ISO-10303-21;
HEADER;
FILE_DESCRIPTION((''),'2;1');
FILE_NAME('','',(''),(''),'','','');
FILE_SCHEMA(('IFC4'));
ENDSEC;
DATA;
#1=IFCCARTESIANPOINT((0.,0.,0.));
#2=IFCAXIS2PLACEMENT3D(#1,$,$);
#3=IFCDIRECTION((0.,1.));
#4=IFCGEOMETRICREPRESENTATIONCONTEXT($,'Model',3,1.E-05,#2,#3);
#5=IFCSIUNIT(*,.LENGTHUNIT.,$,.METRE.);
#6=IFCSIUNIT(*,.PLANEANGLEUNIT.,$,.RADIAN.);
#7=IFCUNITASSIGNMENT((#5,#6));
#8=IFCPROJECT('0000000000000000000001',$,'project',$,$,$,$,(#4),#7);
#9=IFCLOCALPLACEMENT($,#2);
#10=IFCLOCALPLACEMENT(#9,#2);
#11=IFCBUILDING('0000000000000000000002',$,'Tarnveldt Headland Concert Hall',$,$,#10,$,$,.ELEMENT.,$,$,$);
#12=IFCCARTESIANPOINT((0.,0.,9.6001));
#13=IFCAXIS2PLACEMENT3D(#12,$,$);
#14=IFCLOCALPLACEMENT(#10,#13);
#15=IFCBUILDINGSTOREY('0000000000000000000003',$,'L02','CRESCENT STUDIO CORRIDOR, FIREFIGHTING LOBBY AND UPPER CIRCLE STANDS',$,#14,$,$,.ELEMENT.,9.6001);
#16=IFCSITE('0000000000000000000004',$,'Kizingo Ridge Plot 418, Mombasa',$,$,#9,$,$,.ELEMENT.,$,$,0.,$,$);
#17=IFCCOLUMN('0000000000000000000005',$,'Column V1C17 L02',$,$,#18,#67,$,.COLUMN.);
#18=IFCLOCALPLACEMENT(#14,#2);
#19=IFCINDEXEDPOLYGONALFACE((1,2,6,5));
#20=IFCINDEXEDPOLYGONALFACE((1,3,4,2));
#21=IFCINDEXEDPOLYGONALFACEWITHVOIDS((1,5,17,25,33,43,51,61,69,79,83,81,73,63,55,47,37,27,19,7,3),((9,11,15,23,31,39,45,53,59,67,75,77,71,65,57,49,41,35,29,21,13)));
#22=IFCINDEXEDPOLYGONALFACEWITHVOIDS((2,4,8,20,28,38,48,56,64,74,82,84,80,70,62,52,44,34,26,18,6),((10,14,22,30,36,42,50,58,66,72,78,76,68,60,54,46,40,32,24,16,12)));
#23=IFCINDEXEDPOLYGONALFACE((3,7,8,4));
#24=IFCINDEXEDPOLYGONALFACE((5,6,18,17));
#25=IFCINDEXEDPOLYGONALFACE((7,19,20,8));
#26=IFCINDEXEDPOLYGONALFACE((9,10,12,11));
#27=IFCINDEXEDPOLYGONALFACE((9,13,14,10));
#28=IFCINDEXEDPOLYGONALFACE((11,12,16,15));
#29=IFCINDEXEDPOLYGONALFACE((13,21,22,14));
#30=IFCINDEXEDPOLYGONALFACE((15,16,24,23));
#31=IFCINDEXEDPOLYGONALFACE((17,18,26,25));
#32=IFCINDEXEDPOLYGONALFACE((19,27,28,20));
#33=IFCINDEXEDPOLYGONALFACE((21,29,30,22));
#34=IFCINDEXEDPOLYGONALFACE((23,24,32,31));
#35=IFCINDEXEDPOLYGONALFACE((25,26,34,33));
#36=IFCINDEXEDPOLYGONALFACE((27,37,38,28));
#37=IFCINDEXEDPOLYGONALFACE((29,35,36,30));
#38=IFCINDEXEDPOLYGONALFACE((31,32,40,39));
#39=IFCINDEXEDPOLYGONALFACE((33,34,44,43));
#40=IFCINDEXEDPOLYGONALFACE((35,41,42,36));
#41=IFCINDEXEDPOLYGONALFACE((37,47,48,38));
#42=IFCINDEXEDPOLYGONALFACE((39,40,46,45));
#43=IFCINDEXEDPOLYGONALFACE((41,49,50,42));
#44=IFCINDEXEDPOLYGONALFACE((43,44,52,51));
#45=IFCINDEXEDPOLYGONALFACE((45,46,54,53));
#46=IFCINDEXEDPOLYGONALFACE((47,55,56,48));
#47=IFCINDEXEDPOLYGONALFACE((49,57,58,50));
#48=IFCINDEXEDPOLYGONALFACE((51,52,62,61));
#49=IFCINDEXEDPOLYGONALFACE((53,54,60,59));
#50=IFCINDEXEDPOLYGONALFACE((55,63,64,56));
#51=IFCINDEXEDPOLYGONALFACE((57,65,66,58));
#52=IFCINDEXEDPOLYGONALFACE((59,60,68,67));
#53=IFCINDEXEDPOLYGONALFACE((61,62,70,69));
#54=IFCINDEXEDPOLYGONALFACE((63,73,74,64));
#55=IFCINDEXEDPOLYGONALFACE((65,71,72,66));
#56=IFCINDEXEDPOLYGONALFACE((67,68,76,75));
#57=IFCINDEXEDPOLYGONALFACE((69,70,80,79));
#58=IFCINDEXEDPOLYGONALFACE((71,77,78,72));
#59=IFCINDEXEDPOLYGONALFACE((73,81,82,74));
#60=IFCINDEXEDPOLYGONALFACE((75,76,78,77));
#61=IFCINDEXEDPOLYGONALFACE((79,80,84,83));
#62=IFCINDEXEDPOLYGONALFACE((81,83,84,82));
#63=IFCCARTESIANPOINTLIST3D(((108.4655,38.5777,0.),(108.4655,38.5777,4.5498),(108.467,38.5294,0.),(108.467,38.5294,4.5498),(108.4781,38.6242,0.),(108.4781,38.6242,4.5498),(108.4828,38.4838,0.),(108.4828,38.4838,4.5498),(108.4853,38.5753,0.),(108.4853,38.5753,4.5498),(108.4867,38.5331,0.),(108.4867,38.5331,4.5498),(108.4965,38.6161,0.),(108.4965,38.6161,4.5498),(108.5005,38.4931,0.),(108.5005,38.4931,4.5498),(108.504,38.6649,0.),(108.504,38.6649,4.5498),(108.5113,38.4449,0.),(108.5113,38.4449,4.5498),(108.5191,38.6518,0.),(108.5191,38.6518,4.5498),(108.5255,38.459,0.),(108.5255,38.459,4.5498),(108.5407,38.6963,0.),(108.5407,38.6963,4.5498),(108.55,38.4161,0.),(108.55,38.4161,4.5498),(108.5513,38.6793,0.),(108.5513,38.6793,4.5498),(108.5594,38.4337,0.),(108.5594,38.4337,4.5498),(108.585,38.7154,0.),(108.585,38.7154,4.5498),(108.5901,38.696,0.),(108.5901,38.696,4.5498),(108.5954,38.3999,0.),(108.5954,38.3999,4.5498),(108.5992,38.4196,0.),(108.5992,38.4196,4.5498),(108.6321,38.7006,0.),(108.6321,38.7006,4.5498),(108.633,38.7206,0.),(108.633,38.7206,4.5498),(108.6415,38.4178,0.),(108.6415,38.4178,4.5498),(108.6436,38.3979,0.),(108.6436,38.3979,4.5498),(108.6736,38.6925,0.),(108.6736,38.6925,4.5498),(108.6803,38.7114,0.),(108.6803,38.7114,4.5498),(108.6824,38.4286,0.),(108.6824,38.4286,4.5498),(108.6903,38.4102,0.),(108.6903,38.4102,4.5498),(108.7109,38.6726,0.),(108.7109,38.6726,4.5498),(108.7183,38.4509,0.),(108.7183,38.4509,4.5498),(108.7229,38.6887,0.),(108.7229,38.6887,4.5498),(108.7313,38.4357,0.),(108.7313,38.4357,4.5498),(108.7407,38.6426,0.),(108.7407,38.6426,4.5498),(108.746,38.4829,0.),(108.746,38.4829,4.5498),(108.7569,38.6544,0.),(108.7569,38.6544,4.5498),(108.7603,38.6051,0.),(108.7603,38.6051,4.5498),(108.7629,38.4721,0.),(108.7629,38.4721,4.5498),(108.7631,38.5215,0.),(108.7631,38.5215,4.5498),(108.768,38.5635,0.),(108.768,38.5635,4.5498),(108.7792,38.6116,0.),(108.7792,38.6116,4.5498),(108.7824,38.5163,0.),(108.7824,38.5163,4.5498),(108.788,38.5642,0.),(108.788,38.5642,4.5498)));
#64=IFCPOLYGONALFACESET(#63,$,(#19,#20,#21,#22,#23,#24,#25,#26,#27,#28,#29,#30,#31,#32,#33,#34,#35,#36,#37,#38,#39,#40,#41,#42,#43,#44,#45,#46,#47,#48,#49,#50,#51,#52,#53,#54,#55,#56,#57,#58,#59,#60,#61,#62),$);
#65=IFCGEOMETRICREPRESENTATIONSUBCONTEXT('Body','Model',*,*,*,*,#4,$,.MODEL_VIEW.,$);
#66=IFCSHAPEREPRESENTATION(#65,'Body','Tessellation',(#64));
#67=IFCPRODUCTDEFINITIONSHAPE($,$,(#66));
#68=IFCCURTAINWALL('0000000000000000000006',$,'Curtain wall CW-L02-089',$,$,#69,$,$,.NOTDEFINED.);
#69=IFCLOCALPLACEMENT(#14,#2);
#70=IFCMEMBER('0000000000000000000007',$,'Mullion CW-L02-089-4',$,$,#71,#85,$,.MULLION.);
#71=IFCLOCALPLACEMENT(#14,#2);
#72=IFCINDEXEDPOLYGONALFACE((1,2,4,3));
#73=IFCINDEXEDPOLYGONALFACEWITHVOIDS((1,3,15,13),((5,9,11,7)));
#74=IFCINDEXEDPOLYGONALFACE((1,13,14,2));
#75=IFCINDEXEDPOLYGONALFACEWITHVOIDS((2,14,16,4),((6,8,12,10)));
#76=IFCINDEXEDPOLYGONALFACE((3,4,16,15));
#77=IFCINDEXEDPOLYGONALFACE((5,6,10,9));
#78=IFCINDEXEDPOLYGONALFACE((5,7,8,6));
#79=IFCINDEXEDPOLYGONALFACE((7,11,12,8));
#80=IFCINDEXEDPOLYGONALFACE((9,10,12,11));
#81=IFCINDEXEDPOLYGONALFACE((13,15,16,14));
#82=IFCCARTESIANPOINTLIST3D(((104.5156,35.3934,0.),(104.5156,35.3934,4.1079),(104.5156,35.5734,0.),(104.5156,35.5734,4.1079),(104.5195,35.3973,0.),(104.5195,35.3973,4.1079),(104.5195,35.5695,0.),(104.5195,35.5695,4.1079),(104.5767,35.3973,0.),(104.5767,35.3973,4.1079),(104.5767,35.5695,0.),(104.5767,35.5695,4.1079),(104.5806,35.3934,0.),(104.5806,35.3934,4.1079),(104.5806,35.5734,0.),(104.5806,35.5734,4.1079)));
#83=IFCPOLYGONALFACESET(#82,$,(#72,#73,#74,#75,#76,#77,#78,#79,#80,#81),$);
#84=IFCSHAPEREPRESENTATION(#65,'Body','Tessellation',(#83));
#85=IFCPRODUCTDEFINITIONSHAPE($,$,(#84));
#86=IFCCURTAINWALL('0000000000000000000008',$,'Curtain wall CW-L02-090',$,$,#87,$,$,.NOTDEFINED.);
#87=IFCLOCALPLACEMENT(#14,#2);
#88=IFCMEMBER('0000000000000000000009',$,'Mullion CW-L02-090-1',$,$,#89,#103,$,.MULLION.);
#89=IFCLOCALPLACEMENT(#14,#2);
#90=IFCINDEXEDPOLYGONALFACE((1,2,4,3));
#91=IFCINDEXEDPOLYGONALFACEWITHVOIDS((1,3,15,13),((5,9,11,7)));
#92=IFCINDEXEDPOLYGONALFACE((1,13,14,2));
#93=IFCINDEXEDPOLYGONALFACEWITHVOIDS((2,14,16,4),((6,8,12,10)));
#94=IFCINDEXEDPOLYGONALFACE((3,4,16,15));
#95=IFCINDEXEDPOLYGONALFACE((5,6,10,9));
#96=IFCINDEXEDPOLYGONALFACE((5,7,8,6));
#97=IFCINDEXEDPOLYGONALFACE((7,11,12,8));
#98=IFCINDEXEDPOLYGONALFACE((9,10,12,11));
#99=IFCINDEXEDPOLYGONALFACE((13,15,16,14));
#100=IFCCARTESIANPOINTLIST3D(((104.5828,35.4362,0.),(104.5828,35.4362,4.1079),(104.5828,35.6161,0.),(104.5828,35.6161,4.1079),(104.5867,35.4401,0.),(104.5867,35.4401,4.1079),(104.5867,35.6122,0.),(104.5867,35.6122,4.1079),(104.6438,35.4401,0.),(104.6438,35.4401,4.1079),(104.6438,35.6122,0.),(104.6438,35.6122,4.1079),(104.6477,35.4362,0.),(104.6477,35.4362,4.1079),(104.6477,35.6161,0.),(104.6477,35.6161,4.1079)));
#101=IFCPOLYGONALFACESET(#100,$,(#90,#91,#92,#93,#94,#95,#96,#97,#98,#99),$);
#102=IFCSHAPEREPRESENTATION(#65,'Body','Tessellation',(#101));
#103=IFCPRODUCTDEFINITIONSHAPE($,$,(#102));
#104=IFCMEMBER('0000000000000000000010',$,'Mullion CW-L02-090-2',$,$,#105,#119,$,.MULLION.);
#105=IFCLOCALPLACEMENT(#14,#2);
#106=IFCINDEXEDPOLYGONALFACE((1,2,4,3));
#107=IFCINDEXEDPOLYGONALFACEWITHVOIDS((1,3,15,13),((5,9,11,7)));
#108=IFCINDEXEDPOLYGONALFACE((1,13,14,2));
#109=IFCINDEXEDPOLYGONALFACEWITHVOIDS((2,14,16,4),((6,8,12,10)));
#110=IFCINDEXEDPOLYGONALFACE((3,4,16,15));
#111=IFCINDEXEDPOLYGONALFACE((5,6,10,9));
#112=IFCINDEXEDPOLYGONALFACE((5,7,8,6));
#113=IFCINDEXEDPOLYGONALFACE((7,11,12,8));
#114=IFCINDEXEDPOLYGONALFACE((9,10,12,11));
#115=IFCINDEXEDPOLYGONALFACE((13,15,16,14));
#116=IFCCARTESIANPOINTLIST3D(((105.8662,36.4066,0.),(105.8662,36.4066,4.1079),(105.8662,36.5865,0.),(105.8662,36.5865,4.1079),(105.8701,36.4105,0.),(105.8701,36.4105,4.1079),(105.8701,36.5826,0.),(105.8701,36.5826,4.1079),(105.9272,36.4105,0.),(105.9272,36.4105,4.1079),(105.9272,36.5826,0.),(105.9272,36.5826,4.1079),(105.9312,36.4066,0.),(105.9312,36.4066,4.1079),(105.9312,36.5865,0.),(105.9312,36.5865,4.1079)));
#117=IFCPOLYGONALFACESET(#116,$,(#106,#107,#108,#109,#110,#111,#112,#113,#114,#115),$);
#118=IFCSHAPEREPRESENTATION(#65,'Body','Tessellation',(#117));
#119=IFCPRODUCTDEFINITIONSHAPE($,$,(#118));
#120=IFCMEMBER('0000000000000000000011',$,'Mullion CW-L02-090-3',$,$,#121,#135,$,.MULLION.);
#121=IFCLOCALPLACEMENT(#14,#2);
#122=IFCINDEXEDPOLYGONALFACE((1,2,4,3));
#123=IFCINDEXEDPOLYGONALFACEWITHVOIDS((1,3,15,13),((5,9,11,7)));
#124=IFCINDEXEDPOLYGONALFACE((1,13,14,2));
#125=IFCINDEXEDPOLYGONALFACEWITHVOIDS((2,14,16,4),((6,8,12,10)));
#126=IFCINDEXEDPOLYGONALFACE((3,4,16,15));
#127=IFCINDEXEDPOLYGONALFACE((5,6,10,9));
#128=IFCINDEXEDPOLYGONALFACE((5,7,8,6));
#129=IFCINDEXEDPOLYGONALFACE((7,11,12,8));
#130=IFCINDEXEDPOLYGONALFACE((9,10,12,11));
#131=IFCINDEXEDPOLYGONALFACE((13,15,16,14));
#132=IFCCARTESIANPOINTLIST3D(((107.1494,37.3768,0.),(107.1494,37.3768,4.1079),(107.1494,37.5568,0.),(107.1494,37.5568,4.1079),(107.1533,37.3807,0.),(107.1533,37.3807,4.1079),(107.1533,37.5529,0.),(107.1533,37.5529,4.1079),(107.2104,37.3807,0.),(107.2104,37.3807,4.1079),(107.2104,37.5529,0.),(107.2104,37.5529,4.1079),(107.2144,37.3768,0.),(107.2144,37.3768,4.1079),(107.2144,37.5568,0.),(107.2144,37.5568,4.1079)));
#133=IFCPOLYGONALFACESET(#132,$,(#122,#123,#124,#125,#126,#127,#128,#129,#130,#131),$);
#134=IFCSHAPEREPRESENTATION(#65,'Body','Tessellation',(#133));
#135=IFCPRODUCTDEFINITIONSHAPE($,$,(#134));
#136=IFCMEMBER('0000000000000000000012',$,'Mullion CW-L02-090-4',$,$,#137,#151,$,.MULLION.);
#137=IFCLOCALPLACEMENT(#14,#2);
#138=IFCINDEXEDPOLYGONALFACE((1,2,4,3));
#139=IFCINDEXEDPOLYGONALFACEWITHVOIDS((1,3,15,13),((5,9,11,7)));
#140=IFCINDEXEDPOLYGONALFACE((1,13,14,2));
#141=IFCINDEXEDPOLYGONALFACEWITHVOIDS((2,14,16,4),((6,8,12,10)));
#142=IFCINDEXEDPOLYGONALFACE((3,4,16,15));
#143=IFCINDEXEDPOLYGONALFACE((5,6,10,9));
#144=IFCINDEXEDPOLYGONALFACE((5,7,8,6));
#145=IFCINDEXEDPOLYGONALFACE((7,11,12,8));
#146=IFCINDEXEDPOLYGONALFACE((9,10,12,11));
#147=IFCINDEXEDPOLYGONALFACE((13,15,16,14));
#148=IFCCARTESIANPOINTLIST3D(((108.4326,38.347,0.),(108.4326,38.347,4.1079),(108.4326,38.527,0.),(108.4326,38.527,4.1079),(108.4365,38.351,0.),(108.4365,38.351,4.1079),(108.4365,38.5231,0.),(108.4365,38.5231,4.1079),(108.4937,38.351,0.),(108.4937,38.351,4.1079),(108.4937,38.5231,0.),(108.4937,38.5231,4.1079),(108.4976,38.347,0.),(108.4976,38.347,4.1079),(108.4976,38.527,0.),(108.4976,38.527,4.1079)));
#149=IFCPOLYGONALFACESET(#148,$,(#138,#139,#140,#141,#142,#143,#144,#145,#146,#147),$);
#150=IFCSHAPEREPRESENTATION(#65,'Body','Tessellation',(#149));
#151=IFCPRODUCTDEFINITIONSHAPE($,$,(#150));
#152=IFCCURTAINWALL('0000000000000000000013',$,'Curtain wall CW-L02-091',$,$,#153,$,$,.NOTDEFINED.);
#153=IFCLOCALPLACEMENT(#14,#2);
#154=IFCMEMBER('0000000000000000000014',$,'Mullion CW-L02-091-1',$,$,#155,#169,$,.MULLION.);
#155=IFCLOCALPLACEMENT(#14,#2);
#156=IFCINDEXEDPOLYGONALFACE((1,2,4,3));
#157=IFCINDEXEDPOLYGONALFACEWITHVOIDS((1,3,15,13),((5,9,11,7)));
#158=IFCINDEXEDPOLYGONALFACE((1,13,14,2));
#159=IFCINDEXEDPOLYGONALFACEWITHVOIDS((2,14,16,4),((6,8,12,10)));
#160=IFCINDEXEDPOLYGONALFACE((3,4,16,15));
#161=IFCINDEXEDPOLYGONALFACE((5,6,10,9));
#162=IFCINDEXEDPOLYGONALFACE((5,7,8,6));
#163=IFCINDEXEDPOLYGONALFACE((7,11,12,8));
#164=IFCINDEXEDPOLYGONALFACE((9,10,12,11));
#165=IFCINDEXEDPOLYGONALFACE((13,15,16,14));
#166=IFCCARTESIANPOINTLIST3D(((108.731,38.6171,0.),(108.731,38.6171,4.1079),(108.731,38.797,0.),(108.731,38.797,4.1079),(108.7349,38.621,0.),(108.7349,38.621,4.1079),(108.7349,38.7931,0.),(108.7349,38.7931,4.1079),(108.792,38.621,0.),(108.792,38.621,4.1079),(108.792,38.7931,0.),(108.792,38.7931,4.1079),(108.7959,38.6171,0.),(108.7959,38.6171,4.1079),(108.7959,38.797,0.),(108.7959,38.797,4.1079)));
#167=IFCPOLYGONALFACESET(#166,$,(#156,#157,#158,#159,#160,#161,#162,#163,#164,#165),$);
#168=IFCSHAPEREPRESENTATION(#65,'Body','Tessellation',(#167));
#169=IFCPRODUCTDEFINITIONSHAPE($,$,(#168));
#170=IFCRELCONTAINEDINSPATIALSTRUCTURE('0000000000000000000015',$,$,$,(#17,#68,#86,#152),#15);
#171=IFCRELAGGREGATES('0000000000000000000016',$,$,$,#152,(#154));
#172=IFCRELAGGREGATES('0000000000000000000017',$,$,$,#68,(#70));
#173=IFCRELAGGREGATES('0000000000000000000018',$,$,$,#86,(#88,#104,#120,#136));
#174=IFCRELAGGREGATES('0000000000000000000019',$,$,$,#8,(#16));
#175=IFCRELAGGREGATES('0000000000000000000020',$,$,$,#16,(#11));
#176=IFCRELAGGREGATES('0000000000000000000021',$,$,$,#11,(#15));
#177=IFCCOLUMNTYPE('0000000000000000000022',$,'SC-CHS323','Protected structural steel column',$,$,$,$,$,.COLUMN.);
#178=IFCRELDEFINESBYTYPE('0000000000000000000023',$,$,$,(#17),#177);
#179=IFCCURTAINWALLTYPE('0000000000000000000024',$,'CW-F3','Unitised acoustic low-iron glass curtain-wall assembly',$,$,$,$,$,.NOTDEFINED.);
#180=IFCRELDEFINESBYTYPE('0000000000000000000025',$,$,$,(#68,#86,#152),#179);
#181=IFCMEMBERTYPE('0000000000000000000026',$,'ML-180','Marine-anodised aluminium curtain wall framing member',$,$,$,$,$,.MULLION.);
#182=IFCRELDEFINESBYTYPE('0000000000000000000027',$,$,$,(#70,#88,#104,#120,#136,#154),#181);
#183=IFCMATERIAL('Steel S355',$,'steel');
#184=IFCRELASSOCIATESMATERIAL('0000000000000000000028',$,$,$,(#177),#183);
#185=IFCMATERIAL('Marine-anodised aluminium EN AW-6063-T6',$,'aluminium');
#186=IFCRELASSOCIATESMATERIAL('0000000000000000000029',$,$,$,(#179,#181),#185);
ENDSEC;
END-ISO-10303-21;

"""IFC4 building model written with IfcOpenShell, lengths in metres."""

from ifc_helpers import new_model, si_unit, direction, frame, origin, origin_2d, place, context, subcontext, project, spatial, hollow_rectangle, hollow_circle, extrude, material, material_profile, profile_set, type_object, element, aggregate, save


model = new_model("IFC4")

# Units and contexts
model_context = context("Model", 3, precision=1e-05, world=origin(), true_north=direction((0.0, 1.0)))
body_context = subcontext(model_context, "Body", "Model", "MODEL_VIEW")
ifc_project = project(units=[si_unit("LENGTHUNIT", "METRE"), si_unit("PLANEANGLEUNIT", "RADIAN")], contexts=[model_context])

# Site, building, storey
site_placement = place(None, origin())
site = spatial("IfcSite", under=ifc_project, at=site_placement, Name="Kizingo Ridge Plot 418, Mombasa", CompositionType="ELEMENT", RefElevation=0.0)
building_placement = place(site_placement, origin())
building = spatial("IfcBuilding", under=site, at=building_placement, Name="Tarnveldt Headland Concert Hall", CompositionType="ELEMENT")
storey_placement = place(building_placement, frame((0.0, 0.0, 9.6001)))
storey = spatial("IfcBuildingStorey", under=building, at=storey_placement, Name="L02", Description="CRESCENT STUDIO CORRIDOR, FIREFIGHTING LOBBY AND UPPER CIRCLE STANDS", CompositionType="ELEMENT", Elevation=9.6001)

# Column
ifc_material_1 = material(Name="Steel S355", Category="steel")
ifc_material_profile_1 = material_profile(ifc_material_1, hollow_circle(Radius=0.1619, WallThickness=0.02, at=origin_2d()), Name="CHS 323.9x20", Category="steel")
ifc_profile_set_1 = profile_set([ifc_material_profile_1], Name="Steel S355")
column_type = type_object("IfcColumnType", Name="SC-CHS323", Description="Protected structural steel column", PredefinedType="COLUMN", material=ifc_profile_set_1)
column_placement = place(storey_placement, frame((108.6262, 38.5588, 0.0), z_axis=(0.0, 0.0, 1.0), x_axis=(0.844421, -0.535679, 0.0)))
element("IfcColumn", 1, at=column_placement, inside=storey, type_object=column_type, Name="Column V1C17 L02", PredefinedType="COLUMN", context=body_context, shape_type="SweptSolid", body=[
    extrude(hollow_circle(Radius=0.1619, WallThickness=0.02, at=origin_2d()), origin(), (0.0, 0.0, 1.0), 4.5498),
])

# Curtain wall, member
ifc_material_2 = material(Name="Marine-anodised aluminium EN AW-6063-T6", Category="aluminium")
curtain_wall_type = type_object("IfcCurtainWallType", Name="CW-F3", Description="Unitised acoustic low-iron glass curtain-wall assembly", PredefinedType="NOTDEFINED", material=ifc_material_2)
curtain_wall_1_placement = place(storey_placement, origin())
curtain_wall_1 = element("IfcCurtainWall", 2, at=curtain_wall_1_placement, inside=storey, type_object=curtain_wall_type, Name="Curtain wall CW-L02-089", PredefinedType="NOTDEFINED")
ifc_material_profile_2 = material_profile(ifc_material_2, hollow_rectangle(XDim=0.0649, YDim=0.1799, WallThickness=0.0039, at=origin_2d()), Name="ALU MULLION 65x180x4", Category="aluminium")
ifc_profile_set_2 = profile_set([ifc_material_profile_2], Name="Marine-anodised aluminium EN AW-6063-T6")
member_type_1 = type_object("IfcMemberType", Name="ML-180", Description="Marine-anodised aluminium curtain wall framing member", PredefinedType="MULLION", material=ifc_profile_set_2)
member_1_placement = place(storey_placement, frame((104.5481, 35.4834, 0.0), z_axis=(0.0, 0.0, 1.0), x_axis=(1.0, 0.0, 0.0)))
member_1 = element("IfcMember", 3, at=member_1_placement, type_object=member_type_1, Name="Mullion CW-L02-089-4", PredefinedType="MULLION", context=body_context, shape_type="SweptSolid", body=[
    extrude(hollow_rectangle(XDim=0.0649, YDim=0.1799, WallThickness=0.0039, at=origin_2d()), origin(), (0.0, 0.0, 1.0), 4.1079),
])

# Curtain wall, members
curtain_wall_2_placement = place(storey_placement, origin())
curtain_wall_2 = element("IfcCurtainWall", 4, at=curtain_wall_2_placement, inside=storey, type_object=curtain_wall_type, Name="Curtain wall CW-L02-090", PredefinedType="NOTDEFINED")
member_2_placement = place(storey_placement, frame((104.6152, 35.5261, 0.0), z_axis=(0.0, 0.0, 1.0), x_axis=(1.0, 0.0, 0.0)))
member_2 = element("IfcMember", 5, at=member_2_placement, type_object=member_type_1, Name="Mullion CW-L02-090-1", PredefinedType="MULLION", context=body_context, shape_type="SweptSolid", body=[
    extrude(hollow_rectangle(XDim=0.0649, YDim=0.1799, WallThickness=0.0039, at=origin_2d()), origin(), (0.0, 0.0, 1.0), 4.1079),
])
member_3_placement = place(storey_placement, frame((105.8987, 36.4966, 0.0), z_axis=(0.0, 0.0, 1.0), x_axis=(1.0, 0.0, 0.0)))
member_3 = element("IfcMember", 6, at=member_3_placement, type_object=member_type_1, Name="Mullion CW-L02-090-2", PredefinedType="MULLION", context=body_context, shape_type="SweptSolid", body=[
    extrude(hollow_rectangle(XDim=0.0649, YDim=0.1799, WallThickness=0.0039, at=origin_2d()), origin(), (0.0, 0.0, 1.0), 4.1079),
])
member_4_placement = place(storey_placement, frame((107.1819, 37.4668, 0.0), z_axis=(0.0, 0.0, 1.0), x_axis=(1.0, 0.0, 0.0)))
member_4 = element("IfcMember", 7, at=member_4_placement, type_object=member_type_1, Name="Mullion CW-L02-090-3", PredefinedType="MULLION", context=body_context, shape_type="SweptSolid", body=[
    extrude(hollow_rectangle(XDim=0.0649, YDim=0.1799, WallThickness=0.0039, at=origin_2d()), origin(), (0.0, 0.0, 1.0), 4.1079),
])
member_5_placement = place(storey_placement, frame((108.4651, 38.437, 0.0), z_axis=(0.0, 0.0, 1.0), x_axis=(1.0, 0.0, 0.0)))
member_5 = element("IfcMember", 8, at=member_5_placement, type_object=member_type_1, Name="Mullion CW-L02-090-4", PredefinedType="MULLION", context=body_context, shape_type="SweptSolid", body=[
    extrude(hollow_rectangle(XDim=0.0649, YDim=0.1799, WallThickness=0.0039, at=origin_2d()), origin(), (0.0, 0.0, 1.0), 4.1079),
])

# Curtain wall, member
curtain_wall_3_placement = place(storey_placement, origin())
curtain_wall_3 = element("IfcCurtainWall", 9, at=curtain_wall_3_placement, inside=storey, type_object=curtain_wall_type, Name="Curtain wall CW-L02-091", PredefinedType="NOTDEFINED")
member_6_placement = place(storey_placement, frame((108.7634, 38.707, 0.0), z_axis=(0.0, 0.0, 1.0), x_axis=(1.0, 0.0, 0.0)))
member_6 = element("IfcMember", 10, at=member_6_placement, type_object=member_type_1, Name="Mullion CW-L02-091-1", PredefinedType="MULLION", context=body_context, shape_type="SweptSolid", body=[
    extrude(hollow_rectangle(XDim=0.0649, YDim=0.1799, WallThickness=0.0039, at=origin_2d()), origin(), (0.0, 0.0, 1.0), 4.1079),
])
aggregate(curtain_wall_3, [member_6])

aggregate(curtain_wall_1, [member_1])
aggregate(curtain_wall_2, [member_2, member_3, member_4, member_5])

save(model, "model.ifc")
